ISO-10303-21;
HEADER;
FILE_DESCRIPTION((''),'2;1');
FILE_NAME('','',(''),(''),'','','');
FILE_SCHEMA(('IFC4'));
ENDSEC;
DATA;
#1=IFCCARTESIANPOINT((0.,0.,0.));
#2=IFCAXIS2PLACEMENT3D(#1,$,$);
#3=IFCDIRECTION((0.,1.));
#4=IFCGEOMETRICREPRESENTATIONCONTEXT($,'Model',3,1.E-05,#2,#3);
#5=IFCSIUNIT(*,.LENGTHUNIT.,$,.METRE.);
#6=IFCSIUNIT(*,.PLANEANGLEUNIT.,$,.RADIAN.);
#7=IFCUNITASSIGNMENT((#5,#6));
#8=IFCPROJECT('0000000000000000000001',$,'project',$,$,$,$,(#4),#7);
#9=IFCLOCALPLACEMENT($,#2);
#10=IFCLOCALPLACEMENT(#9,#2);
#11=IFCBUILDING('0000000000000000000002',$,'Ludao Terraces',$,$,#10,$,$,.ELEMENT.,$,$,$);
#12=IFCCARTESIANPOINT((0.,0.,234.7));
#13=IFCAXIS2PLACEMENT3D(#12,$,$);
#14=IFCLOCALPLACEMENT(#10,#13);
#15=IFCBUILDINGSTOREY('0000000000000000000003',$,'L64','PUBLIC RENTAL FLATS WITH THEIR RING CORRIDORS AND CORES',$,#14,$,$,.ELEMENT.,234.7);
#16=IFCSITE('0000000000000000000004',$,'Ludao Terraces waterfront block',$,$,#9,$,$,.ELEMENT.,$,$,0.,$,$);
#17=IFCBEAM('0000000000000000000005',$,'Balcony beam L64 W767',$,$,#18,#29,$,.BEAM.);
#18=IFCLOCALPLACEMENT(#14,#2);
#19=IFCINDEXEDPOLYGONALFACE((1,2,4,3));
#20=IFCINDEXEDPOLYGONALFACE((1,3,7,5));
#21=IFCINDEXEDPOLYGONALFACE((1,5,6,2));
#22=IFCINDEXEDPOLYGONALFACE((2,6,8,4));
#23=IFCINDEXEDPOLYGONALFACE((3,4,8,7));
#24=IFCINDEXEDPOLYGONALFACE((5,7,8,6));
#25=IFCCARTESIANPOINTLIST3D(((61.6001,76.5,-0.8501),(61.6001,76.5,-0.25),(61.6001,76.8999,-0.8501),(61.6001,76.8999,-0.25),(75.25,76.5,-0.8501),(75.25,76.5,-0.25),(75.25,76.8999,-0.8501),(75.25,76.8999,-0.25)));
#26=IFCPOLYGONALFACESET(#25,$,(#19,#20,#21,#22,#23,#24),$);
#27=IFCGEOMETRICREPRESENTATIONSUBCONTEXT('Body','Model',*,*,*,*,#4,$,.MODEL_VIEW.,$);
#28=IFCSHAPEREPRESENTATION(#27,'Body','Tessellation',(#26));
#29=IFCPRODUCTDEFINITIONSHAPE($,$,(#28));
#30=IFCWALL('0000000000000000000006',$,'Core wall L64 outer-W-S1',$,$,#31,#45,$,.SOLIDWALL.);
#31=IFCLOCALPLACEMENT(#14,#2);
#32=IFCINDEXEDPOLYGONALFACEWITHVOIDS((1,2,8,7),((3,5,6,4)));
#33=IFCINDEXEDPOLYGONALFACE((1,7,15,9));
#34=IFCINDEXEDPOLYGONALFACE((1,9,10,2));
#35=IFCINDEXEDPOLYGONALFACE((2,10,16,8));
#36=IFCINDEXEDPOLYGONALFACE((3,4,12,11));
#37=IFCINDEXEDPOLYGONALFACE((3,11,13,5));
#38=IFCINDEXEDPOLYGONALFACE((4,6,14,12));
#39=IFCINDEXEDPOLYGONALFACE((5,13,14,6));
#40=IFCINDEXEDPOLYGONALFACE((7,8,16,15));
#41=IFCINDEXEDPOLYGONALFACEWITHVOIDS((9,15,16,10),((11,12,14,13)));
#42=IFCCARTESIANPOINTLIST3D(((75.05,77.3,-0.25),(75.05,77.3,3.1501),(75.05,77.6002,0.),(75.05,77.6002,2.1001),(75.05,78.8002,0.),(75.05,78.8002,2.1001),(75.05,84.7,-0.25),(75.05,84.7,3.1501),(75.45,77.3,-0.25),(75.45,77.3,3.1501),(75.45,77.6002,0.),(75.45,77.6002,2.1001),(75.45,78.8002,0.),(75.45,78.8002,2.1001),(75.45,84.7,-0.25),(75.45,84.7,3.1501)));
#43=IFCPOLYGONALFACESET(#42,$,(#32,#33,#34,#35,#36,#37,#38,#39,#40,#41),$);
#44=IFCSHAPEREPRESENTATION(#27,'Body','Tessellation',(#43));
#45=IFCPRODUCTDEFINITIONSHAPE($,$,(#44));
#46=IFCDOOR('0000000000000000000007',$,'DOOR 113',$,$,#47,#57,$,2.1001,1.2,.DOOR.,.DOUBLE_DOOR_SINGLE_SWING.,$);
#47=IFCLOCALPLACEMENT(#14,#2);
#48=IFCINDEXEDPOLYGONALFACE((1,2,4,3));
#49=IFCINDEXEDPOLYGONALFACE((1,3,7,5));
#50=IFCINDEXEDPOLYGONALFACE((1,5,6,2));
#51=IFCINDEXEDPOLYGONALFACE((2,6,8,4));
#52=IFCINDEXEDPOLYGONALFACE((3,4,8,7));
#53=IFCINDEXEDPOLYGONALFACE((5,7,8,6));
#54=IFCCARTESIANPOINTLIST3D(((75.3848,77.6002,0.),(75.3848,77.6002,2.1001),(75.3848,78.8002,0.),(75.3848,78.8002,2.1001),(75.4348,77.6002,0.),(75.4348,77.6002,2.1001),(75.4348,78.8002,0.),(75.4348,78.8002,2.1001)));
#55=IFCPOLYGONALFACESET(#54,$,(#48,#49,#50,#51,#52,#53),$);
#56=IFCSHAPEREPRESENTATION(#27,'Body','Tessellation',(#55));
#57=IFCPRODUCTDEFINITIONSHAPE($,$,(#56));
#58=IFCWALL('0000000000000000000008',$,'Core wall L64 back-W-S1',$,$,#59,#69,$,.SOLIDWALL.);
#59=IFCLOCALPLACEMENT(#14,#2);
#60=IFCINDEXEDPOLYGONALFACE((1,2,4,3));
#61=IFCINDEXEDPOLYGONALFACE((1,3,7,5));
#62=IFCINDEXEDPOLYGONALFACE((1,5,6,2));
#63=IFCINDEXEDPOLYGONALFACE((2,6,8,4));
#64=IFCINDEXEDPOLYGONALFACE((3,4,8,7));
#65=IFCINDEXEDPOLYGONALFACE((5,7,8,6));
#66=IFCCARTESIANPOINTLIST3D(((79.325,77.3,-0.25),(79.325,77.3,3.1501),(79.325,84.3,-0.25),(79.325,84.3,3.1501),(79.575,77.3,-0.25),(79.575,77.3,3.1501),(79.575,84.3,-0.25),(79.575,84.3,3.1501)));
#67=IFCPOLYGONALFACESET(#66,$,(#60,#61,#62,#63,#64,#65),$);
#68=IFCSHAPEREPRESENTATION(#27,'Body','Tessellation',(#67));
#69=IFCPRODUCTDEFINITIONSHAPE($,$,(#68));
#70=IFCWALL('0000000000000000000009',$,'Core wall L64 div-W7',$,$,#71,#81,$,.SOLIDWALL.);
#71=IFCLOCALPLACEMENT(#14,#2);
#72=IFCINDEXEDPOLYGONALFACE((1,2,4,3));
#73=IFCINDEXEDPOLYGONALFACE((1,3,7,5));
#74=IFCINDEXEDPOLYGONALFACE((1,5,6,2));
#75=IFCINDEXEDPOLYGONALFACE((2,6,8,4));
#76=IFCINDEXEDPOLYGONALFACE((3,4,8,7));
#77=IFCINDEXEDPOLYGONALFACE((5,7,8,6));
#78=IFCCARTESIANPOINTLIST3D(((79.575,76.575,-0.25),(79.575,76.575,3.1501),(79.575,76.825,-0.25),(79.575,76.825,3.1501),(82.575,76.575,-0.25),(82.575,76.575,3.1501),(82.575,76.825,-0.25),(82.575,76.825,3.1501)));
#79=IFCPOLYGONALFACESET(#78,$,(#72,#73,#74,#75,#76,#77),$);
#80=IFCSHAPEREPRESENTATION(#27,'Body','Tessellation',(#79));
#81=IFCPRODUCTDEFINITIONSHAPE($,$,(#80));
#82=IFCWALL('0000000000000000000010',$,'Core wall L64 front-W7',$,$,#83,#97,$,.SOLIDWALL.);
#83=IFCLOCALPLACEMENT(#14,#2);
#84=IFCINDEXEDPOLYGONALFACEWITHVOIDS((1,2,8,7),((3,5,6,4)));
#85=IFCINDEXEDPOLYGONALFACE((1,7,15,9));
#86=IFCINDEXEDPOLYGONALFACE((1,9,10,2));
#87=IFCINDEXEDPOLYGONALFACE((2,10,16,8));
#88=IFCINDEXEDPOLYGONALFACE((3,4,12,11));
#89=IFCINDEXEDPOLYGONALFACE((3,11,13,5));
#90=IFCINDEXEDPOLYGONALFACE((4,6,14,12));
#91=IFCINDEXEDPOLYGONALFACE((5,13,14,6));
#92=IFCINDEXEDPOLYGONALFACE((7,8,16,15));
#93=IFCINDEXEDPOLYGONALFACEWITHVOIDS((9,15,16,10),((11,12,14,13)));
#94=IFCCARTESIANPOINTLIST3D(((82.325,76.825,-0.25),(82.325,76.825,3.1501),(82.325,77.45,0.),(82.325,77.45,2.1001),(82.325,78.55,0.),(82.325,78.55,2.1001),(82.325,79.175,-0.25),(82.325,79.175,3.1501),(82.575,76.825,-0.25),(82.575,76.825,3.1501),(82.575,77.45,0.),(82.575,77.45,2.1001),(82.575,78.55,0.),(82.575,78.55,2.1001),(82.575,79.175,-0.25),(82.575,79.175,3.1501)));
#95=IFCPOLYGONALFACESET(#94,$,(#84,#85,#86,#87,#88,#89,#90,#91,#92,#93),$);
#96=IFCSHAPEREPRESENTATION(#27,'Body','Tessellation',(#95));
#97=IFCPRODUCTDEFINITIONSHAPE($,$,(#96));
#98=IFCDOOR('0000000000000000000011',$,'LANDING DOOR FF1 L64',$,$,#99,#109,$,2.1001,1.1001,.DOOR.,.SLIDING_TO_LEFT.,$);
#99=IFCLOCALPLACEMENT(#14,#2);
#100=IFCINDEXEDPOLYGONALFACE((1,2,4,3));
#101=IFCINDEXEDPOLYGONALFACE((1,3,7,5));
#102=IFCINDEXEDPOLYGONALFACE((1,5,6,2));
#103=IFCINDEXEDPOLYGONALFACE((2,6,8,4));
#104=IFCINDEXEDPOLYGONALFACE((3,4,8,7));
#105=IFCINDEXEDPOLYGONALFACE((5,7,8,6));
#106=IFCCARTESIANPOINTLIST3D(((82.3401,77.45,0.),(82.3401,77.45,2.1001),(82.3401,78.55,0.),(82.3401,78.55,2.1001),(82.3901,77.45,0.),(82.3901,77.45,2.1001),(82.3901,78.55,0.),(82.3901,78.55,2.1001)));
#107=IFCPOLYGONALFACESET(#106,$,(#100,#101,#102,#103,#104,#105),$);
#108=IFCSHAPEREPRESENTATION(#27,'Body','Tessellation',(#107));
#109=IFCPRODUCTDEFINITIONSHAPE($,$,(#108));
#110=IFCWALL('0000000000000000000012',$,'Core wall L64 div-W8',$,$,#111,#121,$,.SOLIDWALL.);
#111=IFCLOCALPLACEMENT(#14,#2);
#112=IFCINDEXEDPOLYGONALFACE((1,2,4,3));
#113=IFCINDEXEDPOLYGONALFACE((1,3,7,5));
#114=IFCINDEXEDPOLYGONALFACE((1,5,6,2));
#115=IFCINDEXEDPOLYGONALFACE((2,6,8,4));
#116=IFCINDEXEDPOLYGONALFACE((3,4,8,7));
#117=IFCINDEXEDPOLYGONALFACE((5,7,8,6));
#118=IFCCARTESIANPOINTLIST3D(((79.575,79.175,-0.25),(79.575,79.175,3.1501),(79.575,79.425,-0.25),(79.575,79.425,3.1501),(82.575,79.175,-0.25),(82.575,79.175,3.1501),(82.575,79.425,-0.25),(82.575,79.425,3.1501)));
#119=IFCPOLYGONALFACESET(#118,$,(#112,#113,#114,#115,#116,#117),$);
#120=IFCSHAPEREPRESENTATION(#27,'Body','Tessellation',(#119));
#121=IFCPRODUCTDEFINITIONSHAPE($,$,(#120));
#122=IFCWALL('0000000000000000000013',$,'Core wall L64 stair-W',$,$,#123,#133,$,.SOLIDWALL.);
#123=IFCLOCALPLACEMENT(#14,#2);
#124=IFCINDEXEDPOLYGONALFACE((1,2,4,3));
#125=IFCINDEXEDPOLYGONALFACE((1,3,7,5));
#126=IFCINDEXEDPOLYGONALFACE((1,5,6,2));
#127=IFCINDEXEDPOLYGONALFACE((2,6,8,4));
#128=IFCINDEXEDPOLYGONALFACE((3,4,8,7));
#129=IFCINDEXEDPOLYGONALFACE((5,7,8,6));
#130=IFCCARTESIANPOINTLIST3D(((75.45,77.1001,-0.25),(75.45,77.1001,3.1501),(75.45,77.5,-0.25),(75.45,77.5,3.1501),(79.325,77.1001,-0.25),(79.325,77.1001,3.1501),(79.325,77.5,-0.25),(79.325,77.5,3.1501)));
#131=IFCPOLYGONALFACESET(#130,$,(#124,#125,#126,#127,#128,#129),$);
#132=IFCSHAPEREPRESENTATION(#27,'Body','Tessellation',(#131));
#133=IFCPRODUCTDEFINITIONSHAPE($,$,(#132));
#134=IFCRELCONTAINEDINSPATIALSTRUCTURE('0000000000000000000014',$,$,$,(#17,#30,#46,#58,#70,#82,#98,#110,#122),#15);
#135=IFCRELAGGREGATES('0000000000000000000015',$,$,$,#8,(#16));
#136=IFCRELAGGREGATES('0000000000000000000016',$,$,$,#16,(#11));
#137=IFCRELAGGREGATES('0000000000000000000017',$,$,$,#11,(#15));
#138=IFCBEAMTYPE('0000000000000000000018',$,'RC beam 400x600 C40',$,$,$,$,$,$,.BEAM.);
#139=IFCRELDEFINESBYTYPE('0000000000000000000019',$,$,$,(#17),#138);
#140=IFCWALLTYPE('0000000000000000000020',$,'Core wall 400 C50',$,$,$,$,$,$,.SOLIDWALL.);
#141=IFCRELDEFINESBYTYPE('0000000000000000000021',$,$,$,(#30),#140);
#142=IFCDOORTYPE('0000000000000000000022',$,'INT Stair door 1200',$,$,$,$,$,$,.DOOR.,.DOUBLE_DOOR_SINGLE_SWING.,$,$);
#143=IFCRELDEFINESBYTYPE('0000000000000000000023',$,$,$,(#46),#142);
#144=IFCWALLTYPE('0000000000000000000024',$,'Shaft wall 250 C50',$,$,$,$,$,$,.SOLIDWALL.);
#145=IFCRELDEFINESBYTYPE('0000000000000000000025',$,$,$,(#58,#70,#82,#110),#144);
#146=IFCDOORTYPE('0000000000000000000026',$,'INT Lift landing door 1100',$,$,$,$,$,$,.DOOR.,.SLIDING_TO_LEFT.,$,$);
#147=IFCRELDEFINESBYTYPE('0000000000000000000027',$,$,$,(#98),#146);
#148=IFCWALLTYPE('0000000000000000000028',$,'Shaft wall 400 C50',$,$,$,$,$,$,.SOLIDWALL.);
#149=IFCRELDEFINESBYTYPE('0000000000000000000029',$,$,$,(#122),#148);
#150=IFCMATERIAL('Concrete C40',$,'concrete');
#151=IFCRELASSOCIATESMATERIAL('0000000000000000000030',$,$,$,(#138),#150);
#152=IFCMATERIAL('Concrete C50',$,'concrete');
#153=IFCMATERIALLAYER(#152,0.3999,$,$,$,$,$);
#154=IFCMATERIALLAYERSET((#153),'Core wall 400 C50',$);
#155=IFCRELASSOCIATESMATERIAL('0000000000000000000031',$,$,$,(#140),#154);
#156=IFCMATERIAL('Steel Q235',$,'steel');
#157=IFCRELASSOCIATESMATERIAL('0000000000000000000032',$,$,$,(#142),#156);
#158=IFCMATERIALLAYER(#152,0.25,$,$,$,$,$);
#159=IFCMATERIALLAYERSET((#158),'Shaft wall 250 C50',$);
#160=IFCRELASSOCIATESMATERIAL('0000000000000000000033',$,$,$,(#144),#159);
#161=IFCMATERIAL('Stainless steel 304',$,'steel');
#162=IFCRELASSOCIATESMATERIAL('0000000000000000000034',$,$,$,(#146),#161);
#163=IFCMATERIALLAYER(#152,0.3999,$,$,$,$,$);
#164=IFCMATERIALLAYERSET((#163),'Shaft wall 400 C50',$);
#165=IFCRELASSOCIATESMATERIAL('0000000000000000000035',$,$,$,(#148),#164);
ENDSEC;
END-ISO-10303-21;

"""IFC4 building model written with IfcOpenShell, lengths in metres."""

from ifc_helpers import new_model, si_unit, direction, frame, frame_2d, origin, origin_2d, place, context, subcontext, project, spatial, rectangle, extrude, material, layer, layer_set, material_profile, profile_set, type_object, element, fill, save


model = new_model("IFC4")

# Units and contexts
model_context = context("Model", 3, precision=1e-05, world=origin(), true_north=direction((0.0, 1.0)))
body_context = subcontext(model_context, "Body", "Model", "MODEL_VIEW")
ifc_project = project(units=[si_unit("LENGTHUNIT", "METRE"), si_unit("PLANEANGLEUNIT", "RADIAN")], contexts=[model_context])

# Site, building, storey
site_placement = place(None, origin())
site = spatial("IfcSite", under=ifc_project, at=site_placement, Name="Ludao Terraces waterfront block", CompositionType="ELEMENT", RefElevation=0.0)
building_placement = place(site_placement, origin())
building = spatial("IfcBuilding", under=site, at=building_placement, Name="Ludao Terraces", CompositionType="ELEMENT")
storey_placement = place(building_placement, frame((0.0, 0.0, 234.7)))
storey = spatial("IfcBuildingStorey", under=building, at=storey_placement, Name="L64", Description="PUBLIC RENTAL FLATS WITH THEIR RING CORRIDORS AND CORES", CompositionType="ELEMENT", Elevation=234.7)

# Beam
ifc_material_1 = material(Name="Concrete C40", Category="concrete")
ifc_material_profile = material_profile(ifc_material_1, rectangle(XDim=0.3999, YDim=0.6001, at=origin_2d()), Name="400 X 600")
ifc_profile_set = profile_set([ifc_material_profile], Name="Concrete C40")
beam_type = type_object("IfcBeamType", Name="RC beam 400x600 C40", PredefinedType="BEAM", material=ifc_profile_set)
beam_placement = place(storey_placement, frame((75.25, 76.7, -0.55), z_axis=(-1.0, 0.0, 0.0), x_axis=(0.0, -1.0, 0.0)))
element("IfcBeam", 1, at=beam_placement, inside=storey, type_object=beam_type, Name="Balcony beam L64 W767", PredefinedType="BEAM", context=body_context, shape_type="SweptSolid", body=[
    extrude(rectangle(XDim=0.3999, YDim=0.6001, at=origin_2d()), origin(), (0.0, 0.0, 1.0), 13.6499),
])

# Wall, opening, door
ifc_material_2 = material(Name="Concrete C50", Category="concrete")
ifc_layer_1 = layer(ifc_material_2, 0.3999)
ifc_layer_set_1 = layer_set([ifc_layer_1], Name="Core wall 400 C50")
wall_type_1 = type_object("IfcWallType", Name="Core wall 400 C50", PredefinedType="SOLIDWALL", material=ifc_layer_set_1)
wall_1_placement = place(storey_placement, frame((75.25, 77.3, -0.25), z_axis=(0.0, 0.0, 1.0), x_axis=(0.0, 1.0, 0.0)))
wall_1 = element("IfcWall", 2, at=wall_1_placement, inside=storey, type_object=wall_type_1, Name="Core wall L64 outer-W-S1", PredefinedType="SOLIDWALL", context=body_context, shape_type="SweptSolid", body=[
    extrude(rectangle(XDim=7.3999, YDim=0.3999, at=frame_2d((3.7, 0.0))), origin(), (0.0, 0.0, 1.0), 3.4001),
])
opening_1_placement = place(wall_1_placement, frame((0.3, 0.0, 0.25)))
opening_1 = element("IfcOpeningElement", 3, at=opening_1_placement, cuts=wall_1, PredefinedType="OPENING", context=body_context, shape_type="SweptSolid", body=[
    extrude(rectangle(XDim=1.2, YDim=2.1001, at=frame_2d((0.6001, 1.05))), frame((0.0, 0.21, 0.0), z_axis=(0.0, -1.0, 0.0), x_axis=(1.0, 0.0, 0.0)), (0.0, 0.0, 1.0), 0.4199),
])
ifc_material_3 = material(Name="Steel Q235", Category="steel")
door_type_1 = type_object("IfcDoorType", Name="INT Stair door 1200", OperationType="DOUBLE_DOOR_SINGLE_SWING", PredefinedType="DOOR", material=ifc_material_3)
door_1_placement = place(opening_1_placement, origin())
door_1 = element("IfcDoor", 4, at=door_1_placement, inside=storey, type_object=door_type_1, Name="DOOR 113", OperationType="DOUBLE_DOOR_SINGLE_SWING", OverallHeight=2.1001, OverallWidth=1.2, PredefinedType="DOOR", context=body_context, shape_type="SweptSolid", body=[
    extrude(rectangle(XDim=1.2, YDim=2.1001, at=frame_2d((0.6001, 1.05))), frame((0.0, -0.1348, 0.0), z_axis=(0.0, -1.0, 0.0), x_axis=(1.0, 0.0, 0.0)), (0.0, 0.0, 1.0), 0.05),
])
fill(opening_1, door_1)

# Walls
ifc_layer_2 = layer(ifc_material_2, 0.25)
ifc_layer_set_2 = layer_set([ifc_layer_2], Name="Shaft wall 250 C50")
wall_type_2 = type_object("IfcWallType", Name="Shaft wall 250 C50", PredefinedType="SOLIDWALL", material=ifc_layer_set_2)
wall_2_placement = place(storey_placement, frame((79.45, 77.3, -0.25), z_axis=(0.0, 0.0, 1.0), x_axis=(0.0, 1.0, 0.0)))
element("IfcWall", 5, at=wall_2_placement, inside=storey, type_object=wall_type_2, Name="Core wall L64 back-W-S1", PredefinedType="SOLIDWALL", context=body_context, shape_type="SweptSolid", body=[
    extrude(rectangle(XDim=7.0, YDim=0.25, at=frame_2d((3.5, 0.0))), origin(), (0.0, 0.0, 1.0), 3.4001),
])
wall_3_placement = place(storey_placement, frame((79.575, 76.7, -0.25), z_axis=(0.0, 0.0, 1.0), x_axis=(1.0, 0.0, 0.0)))
element("IfcWall", 6, at=wall_3_placement, inside=storey, type_object=wall_type_2, Name="Core wall L64 div-W7", PredefinedType="SOLIDWALL", context=body_context, shape_type="SweptSolid", body=[
    extrude(rectangle(XDim=3.0, YDim=0.25, at=frame_2d((1.5, 0.0))), origin(), (0.0, 0.0, 1.0), 3.4001),
])

# Wall, opening, door
wall_4_placement = place(storey_placement, frame((82.45, 76.825, -0.25), z_axis=(0.0, 0.0, 1.0), x_axis=(0.0, 1.0, 0.0)))
wall_4 = element("IfcWall", 7, at=wall_4_placement, inside=storey, type_object=wall_type_2, Name="Core wall L64 front-W7", PredefinedType="SOLIDWALL", context=body_context, shape_type="SweptSolid", body=[
    extrude(rectangle(XDim=2.3501, YDim=0.25, at=frame_2d((1.175, 0.0))), origin(), (0.0, 0.0, 1.0), 3.4001),
])
opening_2_placement = place(wall_4_placement, frame((0.625, 0.0, 0.25)))
opening_2 = element("IfcOpeningElement", 8, at=opening_2_placement, cuts=wall_4, PredefinedType="OPENING", context=body_context, shape_type="SweptSolid", body=[
    extrude(rectangle(XDim=1.1001, YDim=2.1001, at=frame_2d((0.55, 1.05))), frame((0.0, 0.135, 0.0), z_axis=(0.0, -1.0, 0.0), x_axis=(1.0, 0.0, 0.0)), (0.0, 0.0, 1.0), 0.27),
])
ifc_material_4 = material(Name="Stainless steel 304", Category="steel")
door_type_2 = type_object("IfcDoorType", Name="INT Lift landing door 1100", OperationType="SLIDING_TO_LEFT", PredefinedType="DOOR", material=ifc_material_4)
door_2_placement = place(opening_2_placement, origin())
door_2 = element("IfcDoor", 9, at=door_2_placement, inside=storey, type_object=door_type_2, Name="LANDING DOOR FF1 L64", OperationType="SLIDING_TO_LEFT", OverallHeight=2.1001, OverallWidth=1.1001, PredefinedType="DOOR", context=body_context, shape_type="SweptSolid", body=[
    extrude(rectangle(XDim=1.1001, YDim=2.1001, at=frame_2d((0.55, 1.05))), frame((0.0, 0.1099, 0.0), z_axis=(0.0, -1.0, 0.0), x_axis=(1.0, 0.0, 0.0)), (0.0, 0.0, 1.0), 0.05),
])
fill(opening_2, door_2)

# Walls
wall_5_placement = place(storey_placement, frame((79.575, 79.3, -0.25), z_axis=(0.0, 0.0, 1.0), x_axis=(1.0, 0.0, 0.0)))
element("IfcWall", 10, at=wall_5_placement, inside=storey, type_object=wall_type_2, Name="Core wall L64 div-W8", PredefinedType="SOLIDWALL", context=body_context, shape_type="SweptSolid", body=[
    extrude(rectangle(XDim=3.0, YDim=0.25, at=frame_2d((1.5, 0.0))), origin(), (0.0, 0.0, 1.0), 3.4001),
])
ifc_layer_3 = layer(ifc_material_2, 0.3999)
ifc_layer_set_3 = layer_set([ifc_layer_3], Name="Shaft wall 400 C50")
wall_type_3 = type_object("IfcWallType", Name="Shaft wall 400 C50", PredefinedType="SOLIDWALL", material=ifc_layer_set_3)
wall_6_placement = place(storey_placement, frame((75.45, 77.3, -0.25), z_axis=(0.0, 0.0, 1.0), x_axis=(1.0, 0.0, 0.0)))
element("IfcWall", 11, at=wall_6_placement, inside=storey, type_object=wall_type_3, Name="Core wall L64 stair-W", PredefinedType="SOLIDWALL", context=body_context, shape_type="SweptSolid", body=[
    extrude(rectangle(XDim=3.875, YDim=0.3999, at=frame_2d((1.9375, 0.0))), origin(), (0.0, 0.0, 1.0), 3.4001),
])

save(model, "model.ifc")
